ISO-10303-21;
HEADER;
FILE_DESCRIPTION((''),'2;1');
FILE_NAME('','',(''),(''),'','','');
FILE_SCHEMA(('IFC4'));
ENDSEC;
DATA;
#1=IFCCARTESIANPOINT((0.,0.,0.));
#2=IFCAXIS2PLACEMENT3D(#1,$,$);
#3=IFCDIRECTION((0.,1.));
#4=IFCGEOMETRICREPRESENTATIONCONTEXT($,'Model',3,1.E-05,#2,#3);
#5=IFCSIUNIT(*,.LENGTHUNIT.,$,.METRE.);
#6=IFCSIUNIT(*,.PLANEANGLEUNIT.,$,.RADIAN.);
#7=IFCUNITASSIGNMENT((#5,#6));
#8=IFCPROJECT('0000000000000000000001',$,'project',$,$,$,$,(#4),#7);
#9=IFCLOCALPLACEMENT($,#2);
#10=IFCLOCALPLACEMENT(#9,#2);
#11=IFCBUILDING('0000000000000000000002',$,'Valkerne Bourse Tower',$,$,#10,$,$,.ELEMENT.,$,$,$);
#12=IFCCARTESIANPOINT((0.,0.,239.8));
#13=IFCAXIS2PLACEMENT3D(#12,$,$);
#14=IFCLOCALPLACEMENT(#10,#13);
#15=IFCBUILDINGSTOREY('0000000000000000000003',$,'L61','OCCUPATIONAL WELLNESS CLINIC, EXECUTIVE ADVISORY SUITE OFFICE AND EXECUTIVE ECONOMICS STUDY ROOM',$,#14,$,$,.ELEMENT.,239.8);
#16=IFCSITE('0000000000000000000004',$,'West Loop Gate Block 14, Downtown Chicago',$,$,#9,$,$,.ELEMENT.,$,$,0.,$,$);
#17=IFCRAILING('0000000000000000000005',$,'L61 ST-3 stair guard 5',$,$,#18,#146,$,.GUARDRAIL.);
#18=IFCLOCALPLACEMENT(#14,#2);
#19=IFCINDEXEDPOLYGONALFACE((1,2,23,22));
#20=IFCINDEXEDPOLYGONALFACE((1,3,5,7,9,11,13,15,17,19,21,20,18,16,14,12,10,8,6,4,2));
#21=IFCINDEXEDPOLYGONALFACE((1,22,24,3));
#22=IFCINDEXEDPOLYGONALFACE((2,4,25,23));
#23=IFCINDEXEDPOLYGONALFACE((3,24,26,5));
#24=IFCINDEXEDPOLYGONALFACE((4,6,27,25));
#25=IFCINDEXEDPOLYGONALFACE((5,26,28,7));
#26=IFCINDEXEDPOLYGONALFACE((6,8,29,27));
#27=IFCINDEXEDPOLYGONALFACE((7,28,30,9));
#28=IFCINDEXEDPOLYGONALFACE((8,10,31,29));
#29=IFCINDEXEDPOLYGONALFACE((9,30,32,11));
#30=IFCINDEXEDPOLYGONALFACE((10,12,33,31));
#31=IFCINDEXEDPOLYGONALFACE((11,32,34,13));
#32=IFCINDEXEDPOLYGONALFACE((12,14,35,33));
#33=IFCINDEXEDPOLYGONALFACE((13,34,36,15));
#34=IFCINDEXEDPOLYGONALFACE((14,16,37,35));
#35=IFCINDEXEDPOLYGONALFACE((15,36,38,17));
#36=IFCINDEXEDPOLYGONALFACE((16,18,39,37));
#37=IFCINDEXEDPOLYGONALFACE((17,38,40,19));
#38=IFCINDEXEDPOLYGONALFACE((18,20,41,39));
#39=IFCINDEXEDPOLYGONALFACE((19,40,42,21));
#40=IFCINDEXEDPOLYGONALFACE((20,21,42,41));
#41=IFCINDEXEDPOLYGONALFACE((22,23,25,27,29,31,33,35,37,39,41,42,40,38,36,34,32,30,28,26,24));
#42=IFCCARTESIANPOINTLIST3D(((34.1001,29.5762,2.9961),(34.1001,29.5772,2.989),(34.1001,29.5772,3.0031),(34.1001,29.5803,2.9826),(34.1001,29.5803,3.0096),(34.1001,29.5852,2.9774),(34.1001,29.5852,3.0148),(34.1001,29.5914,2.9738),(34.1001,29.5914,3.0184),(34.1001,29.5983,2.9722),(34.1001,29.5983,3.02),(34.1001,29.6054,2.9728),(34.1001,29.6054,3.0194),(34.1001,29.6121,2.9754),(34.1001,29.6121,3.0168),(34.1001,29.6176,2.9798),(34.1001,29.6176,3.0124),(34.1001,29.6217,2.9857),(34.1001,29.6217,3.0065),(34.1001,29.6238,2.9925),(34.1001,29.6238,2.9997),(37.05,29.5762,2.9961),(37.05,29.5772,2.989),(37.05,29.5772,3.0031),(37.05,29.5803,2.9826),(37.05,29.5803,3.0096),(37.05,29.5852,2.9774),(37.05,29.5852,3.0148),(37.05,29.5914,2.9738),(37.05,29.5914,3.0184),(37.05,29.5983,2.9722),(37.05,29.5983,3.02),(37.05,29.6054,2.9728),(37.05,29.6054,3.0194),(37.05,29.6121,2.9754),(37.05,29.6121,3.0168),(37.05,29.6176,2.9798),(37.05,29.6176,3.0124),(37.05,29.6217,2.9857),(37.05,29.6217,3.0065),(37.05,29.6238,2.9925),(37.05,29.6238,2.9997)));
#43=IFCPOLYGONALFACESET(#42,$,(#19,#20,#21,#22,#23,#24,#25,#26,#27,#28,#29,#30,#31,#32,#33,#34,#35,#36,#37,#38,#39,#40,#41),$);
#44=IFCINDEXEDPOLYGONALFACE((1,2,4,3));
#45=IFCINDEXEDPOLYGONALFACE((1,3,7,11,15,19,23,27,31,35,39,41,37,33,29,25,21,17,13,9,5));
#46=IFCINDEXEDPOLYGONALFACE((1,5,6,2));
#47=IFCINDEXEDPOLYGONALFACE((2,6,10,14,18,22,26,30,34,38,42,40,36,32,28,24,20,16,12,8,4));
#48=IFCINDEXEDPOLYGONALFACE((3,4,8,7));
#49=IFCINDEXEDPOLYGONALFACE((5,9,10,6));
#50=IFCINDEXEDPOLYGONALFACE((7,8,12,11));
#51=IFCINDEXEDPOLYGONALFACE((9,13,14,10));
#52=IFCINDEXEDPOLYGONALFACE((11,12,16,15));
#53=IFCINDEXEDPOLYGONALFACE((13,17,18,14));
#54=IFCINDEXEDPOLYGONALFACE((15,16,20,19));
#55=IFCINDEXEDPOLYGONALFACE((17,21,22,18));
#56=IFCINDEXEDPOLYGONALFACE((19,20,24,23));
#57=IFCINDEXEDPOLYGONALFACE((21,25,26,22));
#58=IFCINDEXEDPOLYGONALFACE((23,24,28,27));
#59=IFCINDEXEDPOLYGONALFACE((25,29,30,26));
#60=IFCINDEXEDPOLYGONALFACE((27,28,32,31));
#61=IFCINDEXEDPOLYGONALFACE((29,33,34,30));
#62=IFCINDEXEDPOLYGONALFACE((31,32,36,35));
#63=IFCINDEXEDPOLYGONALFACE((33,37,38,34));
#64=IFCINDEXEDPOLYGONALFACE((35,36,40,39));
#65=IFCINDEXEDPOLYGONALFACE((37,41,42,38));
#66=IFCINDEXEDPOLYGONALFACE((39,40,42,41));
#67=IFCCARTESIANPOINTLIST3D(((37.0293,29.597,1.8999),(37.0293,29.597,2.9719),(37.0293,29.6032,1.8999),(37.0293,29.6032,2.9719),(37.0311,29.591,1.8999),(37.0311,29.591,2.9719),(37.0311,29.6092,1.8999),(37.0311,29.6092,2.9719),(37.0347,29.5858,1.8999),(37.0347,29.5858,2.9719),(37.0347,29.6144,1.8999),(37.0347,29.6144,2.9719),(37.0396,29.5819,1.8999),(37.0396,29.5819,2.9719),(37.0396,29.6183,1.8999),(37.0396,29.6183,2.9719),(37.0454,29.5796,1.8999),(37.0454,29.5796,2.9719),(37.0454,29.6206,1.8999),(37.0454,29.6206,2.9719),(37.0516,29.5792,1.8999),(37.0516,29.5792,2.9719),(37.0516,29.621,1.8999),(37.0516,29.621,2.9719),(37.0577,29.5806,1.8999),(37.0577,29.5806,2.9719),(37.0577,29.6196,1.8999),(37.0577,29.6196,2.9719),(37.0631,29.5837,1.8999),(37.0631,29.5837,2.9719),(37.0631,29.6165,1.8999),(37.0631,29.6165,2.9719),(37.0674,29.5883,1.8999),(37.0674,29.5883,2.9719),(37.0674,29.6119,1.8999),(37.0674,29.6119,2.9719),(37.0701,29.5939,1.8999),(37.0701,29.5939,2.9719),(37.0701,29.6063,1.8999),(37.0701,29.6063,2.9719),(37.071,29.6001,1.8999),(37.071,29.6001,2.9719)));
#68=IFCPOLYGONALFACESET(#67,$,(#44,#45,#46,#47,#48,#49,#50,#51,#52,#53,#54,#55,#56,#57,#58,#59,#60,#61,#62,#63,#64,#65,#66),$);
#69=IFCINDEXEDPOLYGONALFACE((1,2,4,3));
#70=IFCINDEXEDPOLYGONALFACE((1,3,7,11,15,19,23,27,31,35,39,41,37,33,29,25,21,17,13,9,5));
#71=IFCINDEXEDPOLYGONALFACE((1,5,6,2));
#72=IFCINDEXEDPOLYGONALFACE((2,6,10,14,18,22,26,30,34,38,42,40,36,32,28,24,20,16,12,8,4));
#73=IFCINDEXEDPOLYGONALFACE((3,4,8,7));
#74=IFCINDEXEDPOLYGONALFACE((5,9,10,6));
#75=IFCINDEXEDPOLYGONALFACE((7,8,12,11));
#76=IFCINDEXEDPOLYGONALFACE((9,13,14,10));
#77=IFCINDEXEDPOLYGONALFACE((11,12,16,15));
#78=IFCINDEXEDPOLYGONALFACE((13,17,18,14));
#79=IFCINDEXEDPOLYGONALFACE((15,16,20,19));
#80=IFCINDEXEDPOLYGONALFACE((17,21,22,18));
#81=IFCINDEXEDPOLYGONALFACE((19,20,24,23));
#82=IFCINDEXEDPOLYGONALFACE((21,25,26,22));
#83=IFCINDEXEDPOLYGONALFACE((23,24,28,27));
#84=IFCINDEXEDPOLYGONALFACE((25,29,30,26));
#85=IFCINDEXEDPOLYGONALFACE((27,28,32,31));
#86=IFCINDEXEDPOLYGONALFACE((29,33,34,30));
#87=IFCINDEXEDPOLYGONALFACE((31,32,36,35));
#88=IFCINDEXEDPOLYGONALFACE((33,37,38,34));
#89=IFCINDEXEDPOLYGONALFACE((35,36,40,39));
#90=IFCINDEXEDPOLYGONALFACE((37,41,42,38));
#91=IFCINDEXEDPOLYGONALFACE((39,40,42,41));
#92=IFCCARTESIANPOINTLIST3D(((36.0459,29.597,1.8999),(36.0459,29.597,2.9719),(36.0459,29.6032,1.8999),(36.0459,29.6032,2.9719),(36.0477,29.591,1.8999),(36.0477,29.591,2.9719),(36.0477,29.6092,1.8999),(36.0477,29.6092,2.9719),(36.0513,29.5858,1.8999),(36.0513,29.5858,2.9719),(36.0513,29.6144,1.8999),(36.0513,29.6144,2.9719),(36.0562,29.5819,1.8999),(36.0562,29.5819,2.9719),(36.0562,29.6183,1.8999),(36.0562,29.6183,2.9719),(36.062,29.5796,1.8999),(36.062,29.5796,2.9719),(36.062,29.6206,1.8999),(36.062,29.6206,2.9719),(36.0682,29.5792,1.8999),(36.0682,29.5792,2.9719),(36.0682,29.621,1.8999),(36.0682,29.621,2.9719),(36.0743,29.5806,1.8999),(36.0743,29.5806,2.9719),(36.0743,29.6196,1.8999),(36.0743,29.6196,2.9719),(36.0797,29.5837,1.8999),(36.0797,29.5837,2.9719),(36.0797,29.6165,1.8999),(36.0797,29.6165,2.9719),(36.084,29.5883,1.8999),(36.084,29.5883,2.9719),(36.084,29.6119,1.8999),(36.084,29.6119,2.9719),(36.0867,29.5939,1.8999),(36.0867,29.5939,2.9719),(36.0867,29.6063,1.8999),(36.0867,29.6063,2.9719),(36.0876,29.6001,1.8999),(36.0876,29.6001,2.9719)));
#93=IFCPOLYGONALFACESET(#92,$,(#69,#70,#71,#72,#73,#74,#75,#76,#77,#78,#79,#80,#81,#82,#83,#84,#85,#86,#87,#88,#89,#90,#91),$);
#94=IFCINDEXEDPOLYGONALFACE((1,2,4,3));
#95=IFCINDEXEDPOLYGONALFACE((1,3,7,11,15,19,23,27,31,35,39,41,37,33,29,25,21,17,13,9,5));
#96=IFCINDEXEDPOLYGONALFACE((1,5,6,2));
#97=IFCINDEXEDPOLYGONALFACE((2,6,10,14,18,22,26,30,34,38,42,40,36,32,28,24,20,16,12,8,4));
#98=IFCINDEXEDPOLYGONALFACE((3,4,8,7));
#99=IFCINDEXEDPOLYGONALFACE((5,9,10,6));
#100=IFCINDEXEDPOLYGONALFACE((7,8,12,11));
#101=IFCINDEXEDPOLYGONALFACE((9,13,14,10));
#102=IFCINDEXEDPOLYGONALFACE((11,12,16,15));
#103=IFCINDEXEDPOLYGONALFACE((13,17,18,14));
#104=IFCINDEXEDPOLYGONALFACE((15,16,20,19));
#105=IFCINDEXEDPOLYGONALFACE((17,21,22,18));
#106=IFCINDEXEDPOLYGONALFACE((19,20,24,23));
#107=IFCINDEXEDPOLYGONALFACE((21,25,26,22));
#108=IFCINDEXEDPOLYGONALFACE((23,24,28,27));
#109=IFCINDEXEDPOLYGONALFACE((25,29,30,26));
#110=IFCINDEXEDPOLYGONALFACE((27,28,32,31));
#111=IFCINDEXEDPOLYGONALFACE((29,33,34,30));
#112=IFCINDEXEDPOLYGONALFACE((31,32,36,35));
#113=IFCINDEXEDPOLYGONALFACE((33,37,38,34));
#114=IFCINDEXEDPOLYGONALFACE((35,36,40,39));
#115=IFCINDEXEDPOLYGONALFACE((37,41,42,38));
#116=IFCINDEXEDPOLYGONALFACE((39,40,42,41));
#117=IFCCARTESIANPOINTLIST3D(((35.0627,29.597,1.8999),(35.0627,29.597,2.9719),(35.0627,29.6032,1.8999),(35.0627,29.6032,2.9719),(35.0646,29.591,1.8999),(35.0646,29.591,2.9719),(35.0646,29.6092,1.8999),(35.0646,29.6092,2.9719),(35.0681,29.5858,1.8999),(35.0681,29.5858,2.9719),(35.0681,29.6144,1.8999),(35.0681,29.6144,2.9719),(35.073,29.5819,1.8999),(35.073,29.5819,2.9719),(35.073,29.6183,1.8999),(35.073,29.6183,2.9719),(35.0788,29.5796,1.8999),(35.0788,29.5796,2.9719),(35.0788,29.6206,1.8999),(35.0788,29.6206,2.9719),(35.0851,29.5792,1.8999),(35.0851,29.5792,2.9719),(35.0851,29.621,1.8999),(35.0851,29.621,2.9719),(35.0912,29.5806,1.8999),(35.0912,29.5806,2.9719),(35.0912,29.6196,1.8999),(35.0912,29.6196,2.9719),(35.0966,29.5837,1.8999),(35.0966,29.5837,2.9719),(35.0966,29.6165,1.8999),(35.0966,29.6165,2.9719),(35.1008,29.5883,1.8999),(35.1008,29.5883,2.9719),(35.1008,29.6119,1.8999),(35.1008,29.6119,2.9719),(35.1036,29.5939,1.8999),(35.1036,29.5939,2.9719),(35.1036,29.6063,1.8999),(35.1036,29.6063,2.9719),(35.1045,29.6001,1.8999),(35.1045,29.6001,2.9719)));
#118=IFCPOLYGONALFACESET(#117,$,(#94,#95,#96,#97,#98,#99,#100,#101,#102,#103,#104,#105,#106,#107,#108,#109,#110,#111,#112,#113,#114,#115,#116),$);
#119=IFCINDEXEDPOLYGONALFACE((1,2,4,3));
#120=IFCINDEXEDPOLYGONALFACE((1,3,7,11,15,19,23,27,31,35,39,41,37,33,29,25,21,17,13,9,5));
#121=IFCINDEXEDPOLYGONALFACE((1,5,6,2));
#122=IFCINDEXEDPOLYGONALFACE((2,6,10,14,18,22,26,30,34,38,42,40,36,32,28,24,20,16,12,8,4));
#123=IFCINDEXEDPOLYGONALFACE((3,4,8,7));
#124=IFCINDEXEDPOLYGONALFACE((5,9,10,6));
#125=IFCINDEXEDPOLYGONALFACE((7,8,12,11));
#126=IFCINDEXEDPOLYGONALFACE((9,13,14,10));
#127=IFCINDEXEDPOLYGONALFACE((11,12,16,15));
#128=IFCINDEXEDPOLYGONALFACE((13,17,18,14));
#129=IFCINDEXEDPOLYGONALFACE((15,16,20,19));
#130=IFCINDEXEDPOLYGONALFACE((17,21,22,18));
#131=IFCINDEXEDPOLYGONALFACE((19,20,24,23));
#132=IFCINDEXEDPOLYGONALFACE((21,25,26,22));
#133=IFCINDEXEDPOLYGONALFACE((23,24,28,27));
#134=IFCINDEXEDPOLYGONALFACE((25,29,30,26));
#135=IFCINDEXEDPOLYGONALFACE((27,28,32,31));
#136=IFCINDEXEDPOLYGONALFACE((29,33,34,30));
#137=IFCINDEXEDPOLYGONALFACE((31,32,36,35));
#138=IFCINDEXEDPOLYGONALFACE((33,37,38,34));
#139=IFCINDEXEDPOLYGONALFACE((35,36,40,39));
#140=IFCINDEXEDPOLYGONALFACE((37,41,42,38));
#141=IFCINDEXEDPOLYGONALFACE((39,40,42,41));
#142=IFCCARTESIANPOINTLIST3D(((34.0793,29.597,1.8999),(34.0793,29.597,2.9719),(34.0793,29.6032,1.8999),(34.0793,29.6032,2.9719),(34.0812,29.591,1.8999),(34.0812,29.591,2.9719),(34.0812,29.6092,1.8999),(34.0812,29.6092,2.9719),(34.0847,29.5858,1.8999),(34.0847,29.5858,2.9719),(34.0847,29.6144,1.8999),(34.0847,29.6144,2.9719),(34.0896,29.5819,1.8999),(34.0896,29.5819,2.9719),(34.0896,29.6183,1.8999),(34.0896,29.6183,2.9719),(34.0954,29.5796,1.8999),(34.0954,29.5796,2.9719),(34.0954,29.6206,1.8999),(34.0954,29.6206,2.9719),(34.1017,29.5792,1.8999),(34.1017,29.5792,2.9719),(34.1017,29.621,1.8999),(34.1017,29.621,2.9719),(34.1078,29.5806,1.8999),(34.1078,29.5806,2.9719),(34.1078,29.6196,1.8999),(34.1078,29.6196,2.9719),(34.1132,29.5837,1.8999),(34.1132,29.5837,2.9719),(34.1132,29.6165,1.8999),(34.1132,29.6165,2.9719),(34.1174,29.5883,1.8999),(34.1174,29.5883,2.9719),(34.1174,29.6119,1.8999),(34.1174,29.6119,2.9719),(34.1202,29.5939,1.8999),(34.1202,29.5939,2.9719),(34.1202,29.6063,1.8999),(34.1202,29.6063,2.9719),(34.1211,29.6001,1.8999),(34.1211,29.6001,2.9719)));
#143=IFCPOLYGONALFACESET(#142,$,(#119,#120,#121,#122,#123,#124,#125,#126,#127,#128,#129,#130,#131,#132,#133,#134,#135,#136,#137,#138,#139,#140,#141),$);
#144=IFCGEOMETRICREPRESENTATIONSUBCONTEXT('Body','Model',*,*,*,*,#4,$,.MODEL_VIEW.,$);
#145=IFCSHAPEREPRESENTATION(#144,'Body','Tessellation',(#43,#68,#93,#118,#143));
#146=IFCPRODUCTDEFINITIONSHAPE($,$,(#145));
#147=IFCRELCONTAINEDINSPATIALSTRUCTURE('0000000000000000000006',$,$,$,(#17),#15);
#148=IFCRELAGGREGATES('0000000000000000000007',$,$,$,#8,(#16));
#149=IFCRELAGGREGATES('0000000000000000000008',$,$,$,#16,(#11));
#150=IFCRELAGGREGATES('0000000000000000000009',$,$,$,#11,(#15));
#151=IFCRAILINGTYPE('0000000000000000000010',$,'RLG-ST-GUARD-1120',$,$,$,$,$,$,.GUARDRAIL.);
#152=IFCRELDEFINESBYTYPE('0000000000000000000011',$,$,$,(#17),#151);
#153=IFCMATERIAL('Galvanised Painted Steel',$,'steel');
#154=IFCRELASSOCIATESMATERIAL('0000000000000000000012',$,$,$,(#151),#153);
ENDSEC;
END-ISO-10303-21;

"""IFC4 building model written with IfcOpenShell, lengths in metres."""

from ifc_helpers import new_model, si_unit, direction, frame, origin, origin_2d, place, context, subcontext, project, spatial, circle, extrude, material, type_object, element, save


model = new_model("IFC4")

# Units and contexts
model_context = context("Model", 3, precision=1e-05, world=origin(), true_north=direction((0.0, 1.0)))
body_context = subcontext(model_context, "Body", "Model", "MODEL_VIEW")
ifc_project = project(units=[si_unit("LENGTHUNIT", "METRE"), si_unit("PLANEANGLEUNIT", "RADIAN")], contexts=[model_context])

# Site, building, storey
site_placement = place(None, origin())
site = spatial("IfcSite", under=ifc_project, at=site_placement, Name="West Loop Gate Block 14, Downtown Chicago", CompositionType="ELEMENT", RefElevation=0.0)
building_placement = place(site_placement, origin())
building = spatial("IfcBuilding", under=site, at=building_placement, Name="Valkerne Bourse Tower", CompositionType="ELEMENT")
storey_placement = place(building_placement, frame((0.0, 0.0, 239.8)))
storey = spatial("IfcBuildingStorey", under=building, at=storey_placement, Name="L61", Description="OCCUPATIONAL WELLNESS CLINIC, EXECUTIVE ADVISORY SUITE OFFICE AND EXECUTIVE ECONOMICS STUDY ROOM", CompositionType="ELEMENT", Elevation=239.8)

# Shared definitions
ifc_material_1 = material(Name="Galvanised Painted Steel", Category="steel")

# Railing
railing_type = type_object("IfcRailingType", Name="RLG-ST-GUARD-1120", PredefinedType="GUARDRAIL", material=ifc_material_1)
railing_1_placement = place(storey_placement, frame((37.05, 29.6001, 1.8999)))
element("IfcRailing", 1, at=railing_1_placement, inside=storey, type_object=railing_type, Name="L61 ST-3 stair guard 5", PredefinedType="GUARDRAIL", context=body_context, shape_type="SweptSolid", body=[
    extrude(circle(Radius=0.0239, at=origin_2d()), frame((0.0, 0.0, 1.0962), z_axis=(-1.0, 0.0, 0.0), x_axis=(0.0, -1.0, 0.0)), (0.0, 0.0, 1.0), 2.95),
    extrude(circle(Radius=0.021, at=origin_2d()), origin(), (0.0, 0.0, 1.0), 1.072),
    extrude(circle(Radius=0.021, at=origin_2d()), frame((-0.9834, 0.0, 0.0)), (0.0, 0.0, 1.0), 1.072),
    extrude(circle(Radius=0.021, at=origin_2d()), frame((-1.9666, 0.0, 0.0)), (0.0, 0.0, 1.0), 1.072),
    extrude(circle(Radius=0.021, at=origin_2d()), frame((-2.95, 0.0, 0.0)), (0.0, 0.0, 1.0), 1.072),
])

save(model, "model.ifc")
